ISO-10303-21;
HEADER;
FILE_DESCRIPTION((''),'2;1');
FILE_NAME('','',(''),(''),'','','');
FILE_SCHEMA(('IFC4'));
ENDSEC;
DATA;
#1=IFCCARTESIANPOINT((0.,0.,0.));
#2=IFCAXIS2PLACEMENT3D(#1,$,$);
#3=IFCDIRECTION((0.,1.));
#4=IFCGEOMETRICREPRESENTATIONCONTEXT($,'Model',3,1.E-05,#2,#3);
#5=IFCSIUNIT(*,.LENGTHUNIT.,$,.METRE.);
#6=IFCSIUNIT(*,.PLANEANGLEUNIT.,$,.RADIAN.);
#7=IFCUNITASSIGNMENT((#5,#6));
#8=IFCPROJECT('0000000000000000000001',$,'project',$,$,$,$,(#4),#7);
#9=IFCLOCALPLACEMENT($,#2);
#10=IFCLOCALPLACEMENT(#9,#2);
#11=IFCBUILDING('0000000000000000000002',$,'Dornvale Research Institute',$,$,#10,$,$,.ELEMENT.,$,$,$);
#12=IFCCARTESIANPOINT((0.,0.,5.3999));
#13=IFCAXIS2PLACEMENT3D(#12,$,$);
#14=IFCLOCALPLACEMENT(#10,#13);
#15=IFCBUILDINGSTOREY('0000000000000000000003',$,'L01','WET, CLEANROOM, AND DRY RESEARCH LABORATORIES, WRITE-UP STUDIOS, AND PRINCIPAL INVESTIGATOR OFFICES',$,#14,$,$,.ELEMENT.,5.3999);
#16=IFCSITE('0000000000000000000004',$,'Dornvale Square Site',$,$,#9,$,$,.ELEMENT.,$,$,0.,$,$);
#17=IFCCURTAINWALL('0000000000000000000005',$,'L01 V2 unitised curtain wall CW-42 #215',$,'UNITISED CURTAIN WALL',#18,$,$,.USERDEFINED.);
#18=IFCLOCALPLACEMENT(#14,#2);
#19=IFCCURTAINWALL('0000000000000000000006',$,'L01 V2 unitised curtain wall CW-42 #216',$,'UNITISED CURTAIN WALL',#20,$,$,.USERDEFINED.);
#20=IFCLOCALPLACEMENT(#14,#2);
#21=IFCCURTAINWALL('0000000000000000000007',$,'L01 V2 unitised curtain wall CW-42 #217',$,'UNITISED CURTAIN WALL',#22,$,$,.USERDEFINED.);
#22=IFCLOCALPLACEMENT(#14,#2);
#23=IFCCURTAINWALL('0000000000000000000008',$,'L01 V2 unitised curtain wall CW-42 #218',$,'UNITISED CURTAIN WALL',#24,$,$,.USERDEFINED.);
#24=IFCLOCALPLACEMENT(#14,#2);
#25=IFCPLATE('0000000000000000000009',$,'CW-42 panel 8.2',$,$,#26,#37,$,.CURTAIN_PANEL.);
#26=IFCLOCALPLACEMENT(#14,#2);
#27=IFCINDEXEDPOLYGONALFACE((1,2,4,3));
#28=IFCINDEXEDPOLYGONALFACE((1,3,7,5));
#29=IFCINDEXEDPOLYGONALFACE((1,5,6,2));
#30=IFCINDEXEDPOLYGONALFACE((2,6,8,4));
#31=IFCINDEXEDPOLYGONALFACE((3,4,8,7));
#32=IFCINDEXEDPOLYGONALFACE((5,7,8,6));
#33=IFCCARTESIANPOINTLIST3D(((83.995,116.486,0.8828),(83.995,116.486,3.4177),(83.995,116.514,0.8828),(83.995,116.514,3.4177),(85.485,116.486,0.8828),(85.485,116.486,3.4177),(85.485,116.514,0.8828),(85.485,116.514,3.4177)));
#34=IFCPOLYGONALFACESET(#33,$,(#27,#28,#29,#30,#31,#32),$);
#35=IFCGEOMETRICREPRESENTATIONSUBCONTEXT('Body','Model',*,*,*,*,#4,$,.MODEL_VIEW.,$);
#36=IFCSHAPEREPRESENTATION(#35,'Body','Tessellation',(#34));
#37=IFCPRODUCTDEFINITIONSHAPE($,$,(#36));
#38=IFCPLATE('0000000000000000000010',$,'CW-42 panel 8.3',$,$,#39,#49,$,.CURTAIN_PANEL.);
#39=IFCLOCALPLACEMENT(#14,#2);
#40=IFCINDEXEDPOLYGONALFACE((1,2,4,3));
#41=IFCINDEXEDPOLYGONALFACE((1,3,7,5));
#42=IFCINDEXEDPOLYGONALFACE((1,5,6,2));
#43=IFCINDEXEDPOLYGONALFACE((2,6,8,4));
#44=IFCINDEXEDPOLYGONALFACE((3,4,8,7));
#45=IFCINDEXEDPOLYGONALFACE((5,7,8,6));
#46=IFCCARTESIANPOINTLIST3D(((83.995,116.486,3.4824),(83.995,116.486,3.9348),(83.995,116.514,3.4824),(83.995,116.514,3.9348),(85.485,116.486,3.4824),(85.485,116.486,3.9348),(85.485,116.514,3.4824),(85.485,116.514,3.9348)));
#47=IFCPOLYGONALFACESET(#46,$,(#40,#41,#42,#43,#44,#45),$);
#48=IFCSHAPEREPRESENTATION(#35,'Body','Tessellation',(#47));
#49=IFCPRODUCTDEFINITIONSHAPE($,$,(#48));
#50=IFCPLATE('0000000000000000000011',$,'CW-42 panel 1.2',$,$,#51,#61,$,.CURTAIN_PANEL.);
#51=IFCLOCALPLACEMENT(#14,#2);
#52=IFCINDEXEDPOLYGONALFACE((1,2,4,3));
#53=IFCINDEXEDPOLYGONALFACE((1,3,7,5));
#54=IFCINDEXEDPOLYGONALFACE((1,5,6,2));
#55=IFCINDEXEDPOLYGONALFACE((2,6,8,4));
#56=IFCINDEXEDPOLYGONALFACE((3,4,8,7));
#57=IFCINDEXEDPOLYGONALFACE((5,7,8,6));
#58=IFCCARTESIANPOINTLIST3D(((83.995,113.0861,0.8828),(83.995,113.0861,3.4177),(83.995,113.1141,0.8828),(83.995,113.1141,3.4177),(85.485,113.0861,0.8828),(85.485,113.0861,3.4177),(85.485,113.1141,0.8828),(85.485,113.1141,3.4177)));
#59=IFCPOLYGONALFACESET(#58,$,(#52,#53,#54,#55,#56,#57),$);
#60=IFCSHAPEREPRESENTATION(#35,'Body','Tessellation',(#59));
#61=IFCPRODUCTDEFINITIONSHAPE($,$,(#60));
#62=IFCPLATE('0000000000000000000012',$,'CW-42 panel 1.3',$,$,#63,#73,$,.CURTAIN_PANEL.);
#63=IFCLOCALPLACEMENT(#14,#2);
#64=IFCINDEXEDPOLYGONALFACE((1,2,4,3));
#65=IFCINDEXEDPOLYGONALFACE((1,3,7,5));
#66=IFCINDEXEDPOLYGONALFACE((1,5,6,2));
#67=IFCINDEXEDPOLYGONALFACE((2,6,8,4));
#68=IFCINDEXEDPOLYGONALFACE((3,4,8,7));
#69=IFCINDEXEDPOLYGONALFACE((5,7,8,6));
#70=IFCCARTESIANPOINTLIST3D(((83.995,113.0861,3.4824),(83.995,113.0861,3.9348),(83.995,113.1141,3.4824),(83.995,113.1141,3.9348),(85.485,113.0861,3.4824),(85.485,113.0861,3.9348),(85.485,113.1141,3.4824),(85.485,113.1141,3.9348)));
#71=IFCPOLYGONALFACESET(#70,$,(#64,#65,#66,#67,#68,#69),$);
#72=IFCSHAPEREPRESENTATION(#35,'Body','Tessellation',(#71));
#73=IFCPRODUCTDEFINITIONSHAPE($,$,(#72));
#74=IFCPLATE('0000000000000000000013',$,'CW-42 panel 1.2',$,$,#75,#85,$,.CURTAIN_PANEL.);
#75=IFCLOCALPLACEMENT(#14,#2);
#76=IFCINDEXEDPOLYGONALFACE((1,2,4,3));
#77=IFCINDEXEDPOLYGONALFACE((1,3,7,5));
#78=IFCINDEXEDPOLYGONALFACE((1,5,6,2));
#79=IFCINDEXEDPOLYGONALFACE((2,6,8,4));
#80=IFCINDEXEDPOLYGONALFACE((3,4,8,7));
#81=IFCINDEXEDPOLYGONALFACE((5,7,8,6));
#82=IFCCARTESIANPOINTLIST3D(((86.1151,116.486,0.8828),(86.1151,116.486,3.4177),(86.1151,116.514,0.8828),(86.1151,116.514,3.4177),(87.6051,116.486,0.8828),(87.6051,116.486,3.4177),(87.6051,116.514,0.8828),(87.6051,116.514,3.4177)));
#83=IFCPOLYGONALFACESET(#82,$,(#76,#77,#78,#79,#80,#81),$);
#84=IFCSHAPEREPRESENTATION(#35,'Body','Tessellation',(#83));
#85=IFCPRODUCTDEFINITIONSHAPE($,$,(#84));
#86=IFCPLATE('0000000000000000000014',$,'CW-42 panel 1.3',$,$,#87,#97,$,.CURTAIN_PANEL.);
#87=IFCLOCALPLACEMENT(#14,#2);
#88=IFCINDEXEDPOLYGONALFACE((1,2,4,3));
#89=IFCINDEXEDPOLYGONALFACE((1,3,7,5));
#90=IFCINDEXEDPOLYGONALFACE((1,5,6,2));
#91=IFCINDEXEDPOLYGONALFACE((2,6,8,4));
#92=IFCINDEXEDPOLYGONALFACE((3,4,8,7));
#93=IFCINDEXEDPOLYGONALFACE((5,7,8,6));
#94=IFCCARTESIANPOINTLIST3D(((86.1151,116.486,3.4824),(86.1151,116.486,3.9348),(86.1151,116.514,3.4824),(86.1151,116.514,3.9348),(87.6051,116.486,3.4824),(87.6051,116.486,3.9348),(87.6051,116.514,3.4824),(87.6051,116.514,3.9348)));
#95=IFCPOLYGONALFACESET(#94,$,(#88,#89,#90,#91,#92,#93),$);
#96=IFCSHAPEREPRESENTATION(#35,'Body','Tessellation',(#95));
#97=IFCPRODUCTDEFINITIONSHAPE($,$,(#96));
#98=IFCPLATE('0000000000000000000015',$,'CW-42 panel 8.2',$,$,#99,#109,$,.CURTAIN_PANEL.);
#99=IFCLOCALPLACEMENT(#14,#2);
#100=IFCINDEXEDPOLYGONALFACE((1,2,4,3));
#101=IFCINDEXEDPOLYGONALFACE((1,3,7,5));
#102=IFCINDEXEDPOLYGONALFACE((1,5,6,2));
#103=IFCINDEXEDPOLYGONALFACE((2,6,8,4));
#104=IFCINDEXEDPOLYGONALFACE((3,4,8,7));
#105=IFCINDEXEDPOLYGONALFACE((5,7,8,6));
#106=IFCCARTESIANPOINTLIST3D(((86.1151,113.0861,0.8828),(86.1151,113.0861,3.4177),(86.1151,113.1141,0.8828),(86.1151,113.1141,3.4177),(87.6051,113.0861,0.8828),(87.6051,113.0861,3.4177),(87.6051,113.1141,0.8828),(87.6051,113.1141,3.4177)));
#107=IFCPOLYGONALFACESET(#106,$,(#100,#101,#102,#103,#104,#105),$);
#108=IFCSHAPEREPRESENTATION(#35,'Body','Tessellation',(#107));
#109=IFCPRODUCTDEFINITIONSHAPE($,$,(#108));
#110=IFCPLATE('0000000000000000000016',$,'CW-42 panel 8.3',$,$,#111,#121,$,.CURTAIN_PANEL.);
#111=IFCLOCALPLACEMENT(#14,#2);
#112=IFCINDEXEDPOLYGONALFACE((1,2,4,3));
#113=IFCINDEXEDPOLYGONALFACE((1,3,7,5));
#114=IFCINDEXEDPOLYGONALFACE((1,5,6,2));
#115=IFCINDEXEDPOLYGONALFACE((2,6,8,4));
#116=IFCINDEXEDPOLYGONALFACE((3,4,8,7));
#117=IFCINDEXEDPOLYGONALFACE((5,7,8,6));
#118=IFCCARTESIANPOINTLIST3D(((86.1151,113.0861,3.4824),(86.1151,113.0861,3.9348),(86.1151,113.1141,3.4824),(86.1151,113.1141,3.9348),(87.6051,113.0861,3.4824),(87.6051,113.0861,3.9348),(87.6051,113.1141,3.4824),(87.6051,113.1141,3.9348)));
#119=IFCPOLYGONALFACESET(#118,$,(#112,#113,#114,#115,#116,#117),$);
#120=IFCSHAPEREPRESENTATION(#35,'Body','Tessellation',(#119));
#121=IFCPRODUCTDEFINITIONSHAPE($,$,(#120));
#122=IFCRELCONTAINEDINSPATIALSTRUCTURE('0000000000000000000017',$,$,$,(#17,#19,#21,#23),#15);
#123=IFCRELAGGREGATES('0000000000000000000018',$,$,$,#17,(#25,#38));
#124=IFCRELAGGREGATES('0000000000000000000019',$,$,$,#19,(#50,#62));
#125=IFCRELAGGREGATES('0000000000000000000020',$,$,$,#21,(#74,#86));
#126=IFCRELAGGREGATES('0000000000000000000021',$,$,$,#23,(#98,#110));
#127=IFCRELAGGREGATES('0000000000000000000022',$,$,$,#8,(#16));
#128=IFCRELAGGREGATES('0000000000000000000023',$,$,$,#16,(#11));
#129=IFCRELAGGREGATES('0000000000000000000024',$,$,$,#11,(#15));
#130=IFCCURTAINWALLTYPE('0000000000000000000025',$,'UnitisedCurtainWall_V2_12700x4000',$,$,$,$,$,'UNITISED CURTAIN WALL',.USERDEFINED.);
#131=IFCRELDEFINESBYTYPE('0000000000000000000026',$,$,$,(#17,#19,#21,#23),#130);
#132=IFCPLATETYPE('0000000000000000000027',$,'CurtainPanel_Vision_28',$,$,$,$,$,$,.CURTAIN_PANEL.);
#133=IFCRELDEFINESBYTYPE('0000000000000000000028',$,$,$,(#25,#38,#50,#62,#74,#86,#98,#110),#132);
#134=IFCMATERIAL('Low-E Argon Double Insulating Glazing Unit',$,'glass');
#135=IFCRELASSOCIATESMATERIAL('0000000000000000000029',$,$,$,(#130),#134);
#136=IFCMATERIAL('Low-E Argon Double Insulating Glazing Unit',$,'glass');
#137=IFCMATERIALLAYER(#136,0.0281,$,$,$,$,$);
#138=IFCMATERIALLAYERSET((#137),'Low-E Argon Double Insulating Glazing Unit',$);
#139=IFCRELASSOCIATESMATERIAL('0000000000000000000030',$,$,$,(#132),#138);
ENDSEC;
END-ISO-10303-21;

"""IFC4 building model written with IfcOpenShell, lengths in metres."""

from ifc_helpers import new_model, si_unit, direction, frame, origin, origin_2d, place, context, subcontext, project, spatial, rectangle, extrude, material, layer, layer_set, type_object, element, aggregate, save


model = new_model("IFC4")

# Units and contexts
model_context = context("Model", 3, precision=1e-05, world=origin(), true_north=direction((0.0, 1.0)))
body_context = subcontext(model_context, "Body", "Model", "MODEL_VIEW")
ifc_project = project(units=[si_unit("LENGTHUNIT", "METRE"), si_unit("PLANEANGLEUNIT", "RADIAN")], contexts=[model_context])

# Site, building, storey
site_placement = place(None, origin())
site = spatial("IfcSite", under=ifc_project, at=site_placement, Name="Dornvale Square Site", CompositionType="ELEMENT", RefElevation=0.0)
building_placement = place(site_placement, origin())
building = spatial("IfcBuilding", under=site, at=building_placement, Name="Dornvale Research Institute", CompositionType="ELEMENT")
storey_placement = place(building_placement, frame((0.0, 0.0, 5.3999)))
storey = spatial("IfcBuildingStorey", under=building, at=storey_placement, Name="L01", Description="WET, CLEANROOM, AND DRY RESEARCH LABORATORIES, WRITE-UP STUDIOS, AND PRINCIPAL INVESTIGATOR OFFICES", CompositionType="ELEMENT", Elevation=5.3999)

# Curtain walls
ifc_material_1 = material(Name="Low-E Argon Double Insulating Glazing Unit", Category="glass")
curtain_wall_type = type_object("IfcCurtainWallType", Name="UnitisedCurtainWall_V2_12700x4000", ElementType="UNITISED CURTAIN WALL", PredefinedType="USERDEFINED", material=ifc_material_1)
curtain_wall_1_placement = place(storey_placement, origin())
curtain_wall_1 = element("IfcCurtainWall", 1, at=curtain_wall_1_placement, inside=storey, type_object=curtain_wall_type, Name="L01 V2 unitised curtain wall CW-42 #215", ObjectType="UNITISED CURTAIN WALL", PredefinedType="USERDEFINED")
curtain_wall_2_placement = place(storey_placement, origin())
curtain_wall_2 = element("IfcCurtainWall", 2, at=curtain_wall_2_placement, inside=storey, type_object=curtain_wall_type, Name="L01 V2 unitised curtain wall CW-42 #216", ObjectType="UNITISED CURTAIN WALL", PredefinedType="USERDEFINED")
curtain_wall_3_placement = place(storey_placement, origin())
curtain_wall_3 = element("IfcCurtainWall", 3, at=curtain_wall_3_placement, inside=storey, type_object=curtain_wall_type, Name="L01 V2 unitised curtain wall CW-42 #217", ObjectType="UNITISED CURTAIN WALL", PredefinedType="USERDEFINED")

# Curtain wall
curtain_wall_4_placement = place(storey_placement, origin())
curtain_wall_4 = element("IfcCurtainWall", 4, at=curtain_wall_4_placement, inside=storey, type_object=curtain_wall_type, Name="L01 V2 unitised curtain wall CW-42 #218", ObjectType="UNITISED CURTAIN WALL", PredefinedType="USERDEFINED")

# Plates
ifc_material_2 = material(Name="Low-E Argon Double Insulating Glazing Unit", Category="glass")
ifc_layer_1 = layer(ifc_material_2, 0.0281)
ifc_layer_set_1 = layer_set([ifc_layer_1], Name="Low-E Argon Double Insulating Glazing Unit")
plate_type_1 = type_object("IfcPlateType", Name="CurtainPanel_Vision_28", PredefinedType="CURTAIN_PANEL", material=ifc_layer_set_1)
plate_1_placement = place(storey_placement, frame((84.74, 116.5, 0.8828), z_axis=(0.0, 0.0, 1.0), x_axis=(1.0, 0.0, 0.0)))
plate_1 = element("IfcPlate", 5, at=plate_1_placement, type_object=plate_type_1, Name="CW-42 panel 8.2", PredefinedType="CURTAIN_PANEL", context=body_context, shape_type="SweptSolid", body=[
    extrude(rectangle(XDim=1.49, YDim=0.0281, at=origin_2d()), origin(), (0.0, 0.0, 1.0), 2.5349),
])
plate_2_placement = place(storey_placement, frame((84.74, 116.5, 3.4824), z_axis=(0.0, 0.0, 1.0), x_axis=(1.0, 0.0, 0.0)))
plate_2 = element("IfcPlate", 6, at=plate_2_placement, type_object=plate_type_1, Name="CW-42 panel 8.3", PredefinedType="CURTAIN_PANEL", context=body_context, shape_type="SweptSolid", body=[
    extrude(rectangle(XDim=1.49, YDim=0.0281, at=origin_2d()), origin(), (0.0, 0.0, 1.0), 0.4524),
])
aggregate(curtain_wall_1, [plate_1, plate_2])
plate_3_placement = place(storey_placement, frame((84.74, 113.1001, 0.8828), z_axis=(0.0, 0.0, 1.0), x_axis=(-1.0, 0.0, 0.0)))
plate_3 = element("IfcPlate", 7, at=plate_3_placement, type_object=plate_type_1, Name="CW-42 panel 1.2", PredefinedType="CURTAIN_PANEL", context=body_context, shape_type="SweptSolid", body=[
    extrude(rectangle(XDim=1.49, YDim=0.0281, at=origin_2d()), origin(), (0.0, 0.0, 1.0), 2.5349),
])
plate_4_placement = place(storey_placement, frame((84.74, 113.1001, 3.4824), z_axis=(0.0, 0.0, 1.0), x_axis=(-1.0, 0.0, 0.0)))
plate_4 = element("IfcPlate", 8, at=plate_4_placement, type_object=plate_type_1, Name="CW-42 panel 1.3", PredefinedType="CURTAIN_PANEL", context=body_context, shape_type="SweptSolid", body=[
    extrude(rectangle(XDim=1.49, YDim=0.0281, at=origin_2d()), origin(), (0.0, 0.0, 1.0), 0.4524),
])
aggregate(curtain_wall_2, [plate_3, plate_4])
plate_5_placement = place(storey_placement, frame((86.8601, 116.5, 0.8828), z_axis=(0.0, 0.0, 1.0), x_axis=(1.0, 0.0, 0.0)))
plate_5 = element("IfcPlate", 9, at=plate_5_placement, type_object=plate_type_1, Name="CW-42 panel 1.2", PredefinedType="CURTAIN_PANEL", context=body_context, shape_type="SweptSolid", body=[
    extrude(rectangle(XDim=1.49, YDim=0.0281, at=origin_2d()), origin(), (0.0, 0.0, 1.0), 2.5349),
])
plate_6_placement = place(storey_placement, frame((86.8601, 116.5, 3.4824), z_axis=(0.0, 0.0, 1.0), x_axis=(1.0, 0.0, 0.0)))
plate_6 = element("IfcPlate", 10, at=plate_6_placement, type_object=plate_type_1, Name="CW-42 panel 1.3", PredefinedType="CURTAIN_PANEL", context=body_context, shape_type="SweptSolid", body=[
    extrude(rectangle(XDim=1.49, YDim=0.0281, at=origin_2d()), origin(), (0.0, 0.0, 1.0), 0.4524),
])
aggregate(curtain_wall_3, [plate_5, plate_6])
plate_7_placement = place(storey_placement, frame((86.8601, 113.1001, 0.8828), z_axis=(0.0, 0.0, 1.0), x_axis=(-1.0, 0.0, 0.0)))
plate_7 = element("IfcPlate", 11, at=plate_7_placement, type_object=plate_type_1, Name="CW-42 panel 8.2", PredefinedType="CURTAIN_PANEL", context=body_context, shape_type="SweptSolid", body=[
    extrude(rectangle(XDim=1.49, YDim=0.0281, at=origin_2d()), origin(), (0.0, 0.0, 1.0), 2.5349),
])
plate_8_placement = place(storey_placement, frame((86.8601, 113.1001, 3.4824), z_axis=(0.0, 0.0, 1.0), x_axis=(-1.0, 0.0, 0.0)))
plate_8 = element("IfcPlate", 12, at=plate_8_placement, type_object=plate_type_1, Name="CW-42 panel 8.3", PredefinedType="CURTAIN_PANEL", context=body_context, shape_type="SweptSolid", body=[
    extrude(rectangle(XDim=1.49, YDim=0.0281, at=origin_2d()), origin(), (0.0, 0.0, 1.0), 0.4524),
])
aggregate(curtain_wall_4, [plate_7, plate_8])

save(model, "model.ifc")
